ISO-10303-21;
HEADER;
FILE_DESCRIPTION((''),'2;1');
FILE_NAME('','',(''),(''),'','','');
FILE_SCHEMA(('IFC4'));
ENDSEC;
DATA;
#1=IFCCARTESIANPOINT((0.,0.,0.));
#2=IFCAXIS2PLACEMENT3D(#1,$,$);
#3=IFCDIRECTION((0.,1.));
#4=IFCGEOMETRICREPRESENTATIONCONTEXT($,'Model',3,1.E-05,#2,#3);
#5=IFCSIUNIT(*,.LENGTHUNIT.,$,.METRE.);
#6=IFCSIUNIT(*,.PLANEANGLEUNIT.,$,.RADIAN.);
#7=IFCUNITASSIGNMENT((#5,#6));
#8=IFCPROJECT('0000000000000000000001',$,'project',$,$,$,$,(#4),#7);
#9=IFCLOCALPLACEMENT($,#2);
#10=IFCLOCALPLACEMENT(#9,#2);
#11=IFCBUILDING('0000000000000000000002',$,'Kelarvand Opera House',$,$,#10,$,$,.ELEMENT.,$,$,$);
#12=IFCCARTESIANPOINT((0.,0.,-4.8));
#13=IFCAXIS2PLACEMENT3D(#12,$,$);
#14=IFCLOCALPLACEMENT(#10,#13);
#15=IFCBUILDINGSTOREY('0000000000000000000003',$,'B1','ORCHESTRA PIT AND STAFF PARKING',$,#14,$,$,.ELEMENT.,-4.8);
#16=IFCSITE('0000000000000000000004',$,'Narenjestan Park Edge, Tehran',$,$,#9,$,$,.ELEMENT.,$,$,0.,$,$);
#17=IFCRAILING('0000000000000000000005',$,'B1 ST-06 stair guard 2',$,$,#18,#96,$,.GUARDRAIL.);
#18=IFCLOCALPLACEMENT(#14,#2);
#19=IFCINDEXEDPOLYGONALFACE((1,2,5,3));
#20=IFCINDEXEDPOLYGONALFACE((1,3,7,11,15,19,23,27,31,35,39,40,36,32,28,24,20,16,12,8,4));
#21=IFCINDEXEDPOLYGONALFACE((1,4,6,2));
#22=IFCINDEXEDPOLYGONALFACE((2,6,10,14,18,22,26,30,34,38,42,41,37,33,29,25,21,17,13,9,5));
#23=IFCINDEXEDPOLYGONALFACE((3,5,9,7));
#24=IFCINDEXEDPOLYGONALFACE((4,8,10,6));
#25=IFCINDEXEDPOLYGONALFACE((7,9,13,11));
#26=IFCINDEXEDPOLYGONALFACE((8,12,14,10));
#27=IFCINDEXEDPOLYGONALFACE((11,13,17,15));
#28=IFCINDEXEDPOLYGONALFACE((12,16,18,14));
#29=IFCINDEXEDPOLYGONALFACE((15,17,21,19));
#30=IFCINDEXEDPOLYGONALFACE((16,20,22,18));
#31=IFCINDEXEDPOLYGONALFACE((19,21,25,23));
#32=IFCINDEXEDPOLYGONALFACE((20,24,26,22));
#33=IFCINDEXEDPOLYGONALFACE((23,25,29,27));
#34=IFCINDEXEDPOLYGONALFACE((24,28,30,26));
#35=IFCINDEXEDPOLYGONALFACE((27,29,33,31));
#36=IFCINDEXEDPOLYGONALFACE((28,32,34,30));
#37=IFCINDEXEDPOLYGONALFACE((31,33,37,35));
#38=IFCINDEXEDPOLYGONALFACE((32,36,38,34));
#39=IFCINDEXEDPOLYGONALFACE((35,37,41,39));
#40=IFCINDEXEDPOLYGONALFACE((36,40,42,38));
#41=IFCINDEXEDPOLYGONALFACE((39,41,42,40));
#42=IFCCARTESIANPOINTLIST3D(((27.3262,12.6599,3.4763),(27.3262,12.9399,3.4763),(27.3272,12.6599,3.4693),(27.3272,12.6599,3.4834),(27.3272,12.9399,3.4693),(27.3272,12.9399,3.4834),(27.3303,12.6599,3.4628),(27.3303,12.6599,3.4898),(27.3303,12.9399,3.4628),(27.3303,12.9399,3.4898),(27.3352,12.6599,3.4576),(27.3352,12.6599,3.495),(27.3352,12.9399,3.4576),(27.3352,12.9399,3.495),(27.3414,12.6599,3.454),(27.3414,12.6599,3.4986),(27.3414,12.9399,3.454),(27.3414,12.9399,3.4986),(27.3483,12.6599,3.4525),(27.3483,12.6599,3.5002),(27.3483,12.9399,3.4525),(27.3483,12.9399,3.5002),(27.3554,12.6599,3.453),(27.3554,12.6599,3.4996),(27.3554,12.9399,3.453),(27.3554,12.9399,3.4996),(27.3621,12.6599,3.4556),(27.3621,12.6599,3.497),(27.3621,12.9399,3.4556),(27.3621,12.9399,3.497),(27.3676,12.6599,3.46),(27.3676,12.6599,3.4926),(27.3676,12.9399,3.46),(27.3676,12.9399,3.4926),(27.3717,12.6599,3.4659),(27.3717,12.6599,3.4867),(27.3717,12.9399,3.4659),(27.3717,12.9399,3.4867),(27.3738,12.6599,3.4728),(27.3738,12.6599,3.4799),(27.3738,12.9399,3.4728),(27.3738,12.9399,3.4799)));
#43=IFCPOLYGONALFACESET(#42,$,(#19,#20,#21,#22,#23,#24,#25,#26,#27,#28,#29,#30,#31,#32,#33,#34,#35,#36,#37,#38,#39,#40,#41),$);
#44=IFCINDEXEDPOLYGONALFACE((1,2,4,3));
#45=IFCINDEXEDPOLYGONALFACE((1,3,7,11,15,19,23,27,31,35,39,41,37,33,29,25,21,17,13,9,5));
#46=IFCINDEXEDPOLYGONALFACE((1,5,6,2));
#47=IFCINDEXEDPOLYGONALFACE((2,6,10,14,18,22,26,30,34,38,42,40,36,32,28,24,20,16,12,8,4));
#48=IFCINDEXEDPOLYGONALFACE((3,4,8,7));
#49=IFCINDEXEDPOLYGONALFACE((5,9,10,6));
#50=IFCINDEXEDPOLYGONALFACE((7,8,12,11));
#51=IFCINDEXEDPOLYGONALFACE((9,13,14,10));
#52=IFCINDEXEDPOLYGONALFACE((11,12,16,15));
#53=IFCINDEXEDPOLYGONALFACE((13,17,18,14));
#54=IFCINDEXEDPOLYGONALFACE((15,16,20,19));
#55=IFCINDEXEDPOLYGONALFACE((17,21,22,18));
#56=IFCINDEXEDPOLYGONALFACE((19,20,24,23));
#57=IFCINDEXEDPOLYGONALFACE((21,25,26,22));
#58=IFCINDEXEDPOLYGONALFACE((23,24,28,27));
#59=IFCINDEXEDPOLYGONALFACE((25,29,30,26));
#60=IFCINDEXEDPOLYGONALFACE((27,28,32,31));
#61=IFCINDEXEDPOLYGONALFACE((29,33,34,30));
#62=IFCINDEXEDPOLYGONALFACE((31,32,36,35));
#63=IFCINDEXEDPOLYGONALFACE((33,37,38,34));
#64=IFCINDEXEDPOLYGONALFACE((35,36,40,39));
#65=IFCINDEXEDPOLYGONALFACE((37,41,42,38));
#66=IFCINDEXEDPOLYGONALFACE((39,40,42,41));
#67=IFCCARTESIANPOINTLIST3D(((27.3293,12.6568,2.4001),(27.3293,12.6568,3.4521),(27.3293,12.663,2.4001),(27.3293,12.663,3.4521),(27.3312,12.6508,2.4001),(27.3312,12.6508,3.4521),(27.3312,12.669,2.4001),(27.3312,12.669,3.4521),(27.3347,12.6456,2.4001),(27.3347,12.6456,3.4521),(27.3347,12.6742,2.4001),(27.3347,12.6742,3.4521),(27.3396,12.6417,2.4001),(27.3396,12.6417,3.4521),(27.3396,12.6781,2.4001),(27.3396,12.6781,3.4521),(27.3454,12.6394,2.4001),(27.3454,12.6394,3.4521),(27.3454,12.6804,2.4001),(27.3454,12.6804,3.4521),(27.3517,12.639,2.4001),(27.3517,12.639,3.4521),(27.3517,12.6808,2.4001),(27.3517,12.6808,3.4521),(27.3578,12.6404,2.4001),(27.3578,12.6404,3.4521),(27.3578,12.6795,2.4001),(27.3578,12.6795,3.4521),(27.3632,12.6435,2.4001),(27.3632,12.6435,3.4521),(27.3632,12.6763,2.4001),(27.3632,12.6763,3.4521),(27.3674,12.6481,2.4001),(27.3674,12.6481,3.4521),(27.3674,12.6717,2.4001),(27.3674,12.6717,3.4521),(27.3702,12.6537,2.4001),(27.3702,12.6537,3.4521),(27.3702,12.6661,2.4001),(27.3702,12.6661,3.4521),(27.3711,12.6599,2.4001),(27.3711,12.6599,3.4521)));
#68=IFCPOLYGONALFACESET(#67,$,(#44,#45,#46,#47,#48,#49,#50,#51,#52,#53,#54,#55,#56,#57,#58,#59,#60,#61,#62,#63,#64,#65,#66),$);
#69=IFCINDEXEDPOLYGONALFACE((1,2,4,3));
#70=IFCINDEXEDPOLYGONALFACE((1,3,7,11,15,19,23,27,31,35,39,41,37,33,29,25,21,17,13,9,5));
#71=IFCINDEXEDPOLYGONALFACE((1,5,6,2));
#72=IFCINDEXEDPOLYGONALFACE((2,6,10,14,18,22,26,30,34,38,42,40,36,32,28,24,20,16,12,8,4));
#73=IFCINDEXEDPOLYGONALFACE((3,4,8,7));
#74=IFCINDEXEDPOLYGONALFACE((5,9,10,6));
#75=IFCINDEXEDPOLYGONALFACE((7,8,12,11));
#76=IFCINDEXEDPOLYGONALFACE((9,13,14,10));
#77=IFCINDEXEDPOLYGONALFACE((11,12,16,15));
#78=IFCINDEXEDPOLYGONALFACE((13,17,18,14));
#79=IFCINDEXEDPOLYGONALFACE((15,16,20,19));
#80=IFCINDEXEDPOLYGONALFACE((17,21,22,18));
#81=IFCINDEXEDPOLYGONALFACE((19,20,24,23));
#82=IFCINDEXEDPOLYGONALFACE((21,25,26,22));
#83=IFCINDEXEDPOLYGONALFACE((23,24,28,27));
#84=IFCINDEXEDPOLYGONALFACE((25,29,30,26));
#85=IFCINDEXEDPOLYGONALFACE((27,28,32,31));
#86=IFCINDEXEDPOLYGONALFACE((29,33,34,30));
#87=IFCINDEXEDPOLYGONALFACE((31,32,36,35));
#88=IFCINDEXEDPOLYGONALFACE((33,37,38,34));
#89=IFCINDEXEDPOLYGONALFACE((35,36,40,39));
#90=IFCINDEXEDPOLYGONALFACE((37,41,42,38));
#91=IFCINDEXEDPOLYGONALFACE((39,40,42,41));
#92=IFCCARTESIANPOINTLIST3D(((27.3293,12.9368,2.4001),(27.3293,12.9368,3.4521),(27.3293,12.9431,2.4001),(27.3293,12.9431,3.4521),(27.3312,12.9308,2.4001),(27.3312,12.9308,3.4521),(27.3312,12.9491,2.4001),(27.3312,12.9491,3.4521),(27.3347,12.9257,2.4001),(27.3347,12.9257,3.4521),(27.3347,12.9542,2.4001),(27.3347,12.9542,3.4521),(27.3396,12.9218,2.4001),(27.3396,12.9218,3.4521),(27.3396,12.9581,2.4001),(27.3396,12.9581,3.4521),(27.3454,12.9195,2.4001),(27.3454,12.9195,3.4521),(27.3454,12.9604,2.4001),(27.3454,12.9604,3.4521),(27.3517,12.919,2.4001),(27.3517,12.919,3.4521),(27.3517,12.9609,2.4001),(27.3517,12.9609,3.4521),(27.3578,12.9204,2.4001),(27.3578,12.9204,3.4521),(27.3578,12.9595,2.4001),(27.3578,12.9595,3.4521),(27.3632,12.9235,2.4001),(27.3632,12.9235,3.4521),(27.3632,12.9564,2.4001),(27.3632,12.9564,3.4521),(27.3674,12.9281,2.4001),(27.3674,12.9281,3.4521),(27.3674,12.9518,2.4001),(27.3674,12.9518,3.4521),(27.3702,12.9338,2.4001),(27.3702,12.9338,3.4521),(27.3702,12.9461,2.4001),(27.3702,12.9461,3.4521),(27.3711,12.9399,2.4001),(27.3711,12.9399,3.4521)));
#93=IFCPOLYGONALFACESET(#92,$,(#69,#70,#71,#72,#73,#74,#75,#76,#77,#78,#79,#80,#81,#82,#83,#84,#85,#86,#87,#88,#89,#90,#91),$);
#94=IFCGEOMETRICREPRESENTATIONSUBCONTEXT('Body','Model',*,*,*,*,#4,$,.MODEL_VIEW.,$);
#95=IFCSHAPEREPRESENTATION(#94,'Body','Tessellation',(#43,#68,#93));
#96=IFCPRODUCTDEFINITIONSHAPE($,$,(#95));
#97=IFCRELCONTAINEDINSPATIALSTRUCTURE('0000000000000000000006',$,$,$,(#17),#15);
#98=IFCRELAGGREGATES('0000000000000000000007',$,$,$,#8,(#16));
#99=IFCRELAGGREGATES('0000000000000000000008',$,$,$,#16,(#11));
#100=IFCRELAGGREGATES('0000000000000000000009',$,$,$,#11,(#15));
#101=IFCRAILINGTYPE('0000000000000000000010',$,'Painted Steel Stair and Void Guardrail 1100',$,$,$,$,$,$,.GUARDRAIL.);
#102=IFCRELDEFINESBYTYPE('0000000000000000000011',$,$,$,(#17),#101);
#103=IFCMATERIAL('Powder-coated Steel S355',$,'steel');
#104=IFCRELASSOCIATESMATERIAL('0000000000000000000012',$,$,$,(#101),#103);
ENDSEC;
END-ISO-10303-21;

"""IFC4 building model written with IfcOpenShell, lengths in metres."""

from ifc_helpers import new_model, si_unit, direction, frame, origin, origin_2d, place, context, subcontext, project, spatial, circle, extrude, material, type_object, element, save


model = new_model("IFC4")

# Units and contexts
model_context = context("Model", 3, precision=1e-05, world=origin(), true_north=direction((0.0, 1.0)))
body_context = subcontext(model_context, "Body", "Model", "MODEL_VIEW")
ifc_project = project(units=[si_unit("LENGTHUNIT", "METRE"), si_unit("PLANEANGLEUNIT", "RADIAN")], contexts=[model_context])

# Site, building, storey
site_placement = place(None, origin())
site = spatial("IfcSite", under=ifc_project, at=site_placement, Name="Narenjestan Park Edge, Tehran", CompositionType="ELEMENT", RefElevation=0.0)
building_placement = place(site_placement, origin())
building = spatial("IfcBuilding", under=site, at=building_placement, Name="Kelarvand Opera House", CompositionType="ELEMENT")
storey_placement = place(building_placement, frame((0.0, 0.0, -4.8)))
storey = spatial("IfcBuildingStorey", under=building, at=storey_placement, Name="B1", Description="ORCHESTRA PIT AND STAFF PARKING", CompositionType="ELEMENT", Elevation=-4.8)

# Railing
ifc_material_1 = material(Name="Powder-coated Steel S355", Category="steel")
railing_type_1 = type_object("IfcRailingType", Name="Painted Steel Stair and Void Guardrail 1100", PredefinedType="GUARDRAIL", material=ifc_material_1)
railing_1_placement = place(storey_placement, frame((27.3501, 12.6599, 2.4001)))
element("IfcRailing", 1, at=railing_1_placement, inside=storey, type_object=railing_type_1, Name="B1 ST-06 stair guard 2", PredefinedType="GUARDRAIL", context=body_context, shape_type="SweptSolid", body=[
    extrude(circle(Radius=0.0239, at=origin_2d()), frame((0.0, 0.0, 1.0762), z_axis=(0.0, 1.0, 0.0), x_axis=(-1.0, 0.0, 0.0)), (0.0, 0.0, 1.0), 0.28),
    extrude(circle(Radius=0.021, at=origin_2d()), origin(), (0.0, 0.0, 1.0), 1.052),
    extrude(circle(Radius=0.021, at=origin_2d()), frame((0.0, 0.28, 0.0)), (0.0, 0.0, 1.0), 1.052),
])

save(model, "model.ifc")
